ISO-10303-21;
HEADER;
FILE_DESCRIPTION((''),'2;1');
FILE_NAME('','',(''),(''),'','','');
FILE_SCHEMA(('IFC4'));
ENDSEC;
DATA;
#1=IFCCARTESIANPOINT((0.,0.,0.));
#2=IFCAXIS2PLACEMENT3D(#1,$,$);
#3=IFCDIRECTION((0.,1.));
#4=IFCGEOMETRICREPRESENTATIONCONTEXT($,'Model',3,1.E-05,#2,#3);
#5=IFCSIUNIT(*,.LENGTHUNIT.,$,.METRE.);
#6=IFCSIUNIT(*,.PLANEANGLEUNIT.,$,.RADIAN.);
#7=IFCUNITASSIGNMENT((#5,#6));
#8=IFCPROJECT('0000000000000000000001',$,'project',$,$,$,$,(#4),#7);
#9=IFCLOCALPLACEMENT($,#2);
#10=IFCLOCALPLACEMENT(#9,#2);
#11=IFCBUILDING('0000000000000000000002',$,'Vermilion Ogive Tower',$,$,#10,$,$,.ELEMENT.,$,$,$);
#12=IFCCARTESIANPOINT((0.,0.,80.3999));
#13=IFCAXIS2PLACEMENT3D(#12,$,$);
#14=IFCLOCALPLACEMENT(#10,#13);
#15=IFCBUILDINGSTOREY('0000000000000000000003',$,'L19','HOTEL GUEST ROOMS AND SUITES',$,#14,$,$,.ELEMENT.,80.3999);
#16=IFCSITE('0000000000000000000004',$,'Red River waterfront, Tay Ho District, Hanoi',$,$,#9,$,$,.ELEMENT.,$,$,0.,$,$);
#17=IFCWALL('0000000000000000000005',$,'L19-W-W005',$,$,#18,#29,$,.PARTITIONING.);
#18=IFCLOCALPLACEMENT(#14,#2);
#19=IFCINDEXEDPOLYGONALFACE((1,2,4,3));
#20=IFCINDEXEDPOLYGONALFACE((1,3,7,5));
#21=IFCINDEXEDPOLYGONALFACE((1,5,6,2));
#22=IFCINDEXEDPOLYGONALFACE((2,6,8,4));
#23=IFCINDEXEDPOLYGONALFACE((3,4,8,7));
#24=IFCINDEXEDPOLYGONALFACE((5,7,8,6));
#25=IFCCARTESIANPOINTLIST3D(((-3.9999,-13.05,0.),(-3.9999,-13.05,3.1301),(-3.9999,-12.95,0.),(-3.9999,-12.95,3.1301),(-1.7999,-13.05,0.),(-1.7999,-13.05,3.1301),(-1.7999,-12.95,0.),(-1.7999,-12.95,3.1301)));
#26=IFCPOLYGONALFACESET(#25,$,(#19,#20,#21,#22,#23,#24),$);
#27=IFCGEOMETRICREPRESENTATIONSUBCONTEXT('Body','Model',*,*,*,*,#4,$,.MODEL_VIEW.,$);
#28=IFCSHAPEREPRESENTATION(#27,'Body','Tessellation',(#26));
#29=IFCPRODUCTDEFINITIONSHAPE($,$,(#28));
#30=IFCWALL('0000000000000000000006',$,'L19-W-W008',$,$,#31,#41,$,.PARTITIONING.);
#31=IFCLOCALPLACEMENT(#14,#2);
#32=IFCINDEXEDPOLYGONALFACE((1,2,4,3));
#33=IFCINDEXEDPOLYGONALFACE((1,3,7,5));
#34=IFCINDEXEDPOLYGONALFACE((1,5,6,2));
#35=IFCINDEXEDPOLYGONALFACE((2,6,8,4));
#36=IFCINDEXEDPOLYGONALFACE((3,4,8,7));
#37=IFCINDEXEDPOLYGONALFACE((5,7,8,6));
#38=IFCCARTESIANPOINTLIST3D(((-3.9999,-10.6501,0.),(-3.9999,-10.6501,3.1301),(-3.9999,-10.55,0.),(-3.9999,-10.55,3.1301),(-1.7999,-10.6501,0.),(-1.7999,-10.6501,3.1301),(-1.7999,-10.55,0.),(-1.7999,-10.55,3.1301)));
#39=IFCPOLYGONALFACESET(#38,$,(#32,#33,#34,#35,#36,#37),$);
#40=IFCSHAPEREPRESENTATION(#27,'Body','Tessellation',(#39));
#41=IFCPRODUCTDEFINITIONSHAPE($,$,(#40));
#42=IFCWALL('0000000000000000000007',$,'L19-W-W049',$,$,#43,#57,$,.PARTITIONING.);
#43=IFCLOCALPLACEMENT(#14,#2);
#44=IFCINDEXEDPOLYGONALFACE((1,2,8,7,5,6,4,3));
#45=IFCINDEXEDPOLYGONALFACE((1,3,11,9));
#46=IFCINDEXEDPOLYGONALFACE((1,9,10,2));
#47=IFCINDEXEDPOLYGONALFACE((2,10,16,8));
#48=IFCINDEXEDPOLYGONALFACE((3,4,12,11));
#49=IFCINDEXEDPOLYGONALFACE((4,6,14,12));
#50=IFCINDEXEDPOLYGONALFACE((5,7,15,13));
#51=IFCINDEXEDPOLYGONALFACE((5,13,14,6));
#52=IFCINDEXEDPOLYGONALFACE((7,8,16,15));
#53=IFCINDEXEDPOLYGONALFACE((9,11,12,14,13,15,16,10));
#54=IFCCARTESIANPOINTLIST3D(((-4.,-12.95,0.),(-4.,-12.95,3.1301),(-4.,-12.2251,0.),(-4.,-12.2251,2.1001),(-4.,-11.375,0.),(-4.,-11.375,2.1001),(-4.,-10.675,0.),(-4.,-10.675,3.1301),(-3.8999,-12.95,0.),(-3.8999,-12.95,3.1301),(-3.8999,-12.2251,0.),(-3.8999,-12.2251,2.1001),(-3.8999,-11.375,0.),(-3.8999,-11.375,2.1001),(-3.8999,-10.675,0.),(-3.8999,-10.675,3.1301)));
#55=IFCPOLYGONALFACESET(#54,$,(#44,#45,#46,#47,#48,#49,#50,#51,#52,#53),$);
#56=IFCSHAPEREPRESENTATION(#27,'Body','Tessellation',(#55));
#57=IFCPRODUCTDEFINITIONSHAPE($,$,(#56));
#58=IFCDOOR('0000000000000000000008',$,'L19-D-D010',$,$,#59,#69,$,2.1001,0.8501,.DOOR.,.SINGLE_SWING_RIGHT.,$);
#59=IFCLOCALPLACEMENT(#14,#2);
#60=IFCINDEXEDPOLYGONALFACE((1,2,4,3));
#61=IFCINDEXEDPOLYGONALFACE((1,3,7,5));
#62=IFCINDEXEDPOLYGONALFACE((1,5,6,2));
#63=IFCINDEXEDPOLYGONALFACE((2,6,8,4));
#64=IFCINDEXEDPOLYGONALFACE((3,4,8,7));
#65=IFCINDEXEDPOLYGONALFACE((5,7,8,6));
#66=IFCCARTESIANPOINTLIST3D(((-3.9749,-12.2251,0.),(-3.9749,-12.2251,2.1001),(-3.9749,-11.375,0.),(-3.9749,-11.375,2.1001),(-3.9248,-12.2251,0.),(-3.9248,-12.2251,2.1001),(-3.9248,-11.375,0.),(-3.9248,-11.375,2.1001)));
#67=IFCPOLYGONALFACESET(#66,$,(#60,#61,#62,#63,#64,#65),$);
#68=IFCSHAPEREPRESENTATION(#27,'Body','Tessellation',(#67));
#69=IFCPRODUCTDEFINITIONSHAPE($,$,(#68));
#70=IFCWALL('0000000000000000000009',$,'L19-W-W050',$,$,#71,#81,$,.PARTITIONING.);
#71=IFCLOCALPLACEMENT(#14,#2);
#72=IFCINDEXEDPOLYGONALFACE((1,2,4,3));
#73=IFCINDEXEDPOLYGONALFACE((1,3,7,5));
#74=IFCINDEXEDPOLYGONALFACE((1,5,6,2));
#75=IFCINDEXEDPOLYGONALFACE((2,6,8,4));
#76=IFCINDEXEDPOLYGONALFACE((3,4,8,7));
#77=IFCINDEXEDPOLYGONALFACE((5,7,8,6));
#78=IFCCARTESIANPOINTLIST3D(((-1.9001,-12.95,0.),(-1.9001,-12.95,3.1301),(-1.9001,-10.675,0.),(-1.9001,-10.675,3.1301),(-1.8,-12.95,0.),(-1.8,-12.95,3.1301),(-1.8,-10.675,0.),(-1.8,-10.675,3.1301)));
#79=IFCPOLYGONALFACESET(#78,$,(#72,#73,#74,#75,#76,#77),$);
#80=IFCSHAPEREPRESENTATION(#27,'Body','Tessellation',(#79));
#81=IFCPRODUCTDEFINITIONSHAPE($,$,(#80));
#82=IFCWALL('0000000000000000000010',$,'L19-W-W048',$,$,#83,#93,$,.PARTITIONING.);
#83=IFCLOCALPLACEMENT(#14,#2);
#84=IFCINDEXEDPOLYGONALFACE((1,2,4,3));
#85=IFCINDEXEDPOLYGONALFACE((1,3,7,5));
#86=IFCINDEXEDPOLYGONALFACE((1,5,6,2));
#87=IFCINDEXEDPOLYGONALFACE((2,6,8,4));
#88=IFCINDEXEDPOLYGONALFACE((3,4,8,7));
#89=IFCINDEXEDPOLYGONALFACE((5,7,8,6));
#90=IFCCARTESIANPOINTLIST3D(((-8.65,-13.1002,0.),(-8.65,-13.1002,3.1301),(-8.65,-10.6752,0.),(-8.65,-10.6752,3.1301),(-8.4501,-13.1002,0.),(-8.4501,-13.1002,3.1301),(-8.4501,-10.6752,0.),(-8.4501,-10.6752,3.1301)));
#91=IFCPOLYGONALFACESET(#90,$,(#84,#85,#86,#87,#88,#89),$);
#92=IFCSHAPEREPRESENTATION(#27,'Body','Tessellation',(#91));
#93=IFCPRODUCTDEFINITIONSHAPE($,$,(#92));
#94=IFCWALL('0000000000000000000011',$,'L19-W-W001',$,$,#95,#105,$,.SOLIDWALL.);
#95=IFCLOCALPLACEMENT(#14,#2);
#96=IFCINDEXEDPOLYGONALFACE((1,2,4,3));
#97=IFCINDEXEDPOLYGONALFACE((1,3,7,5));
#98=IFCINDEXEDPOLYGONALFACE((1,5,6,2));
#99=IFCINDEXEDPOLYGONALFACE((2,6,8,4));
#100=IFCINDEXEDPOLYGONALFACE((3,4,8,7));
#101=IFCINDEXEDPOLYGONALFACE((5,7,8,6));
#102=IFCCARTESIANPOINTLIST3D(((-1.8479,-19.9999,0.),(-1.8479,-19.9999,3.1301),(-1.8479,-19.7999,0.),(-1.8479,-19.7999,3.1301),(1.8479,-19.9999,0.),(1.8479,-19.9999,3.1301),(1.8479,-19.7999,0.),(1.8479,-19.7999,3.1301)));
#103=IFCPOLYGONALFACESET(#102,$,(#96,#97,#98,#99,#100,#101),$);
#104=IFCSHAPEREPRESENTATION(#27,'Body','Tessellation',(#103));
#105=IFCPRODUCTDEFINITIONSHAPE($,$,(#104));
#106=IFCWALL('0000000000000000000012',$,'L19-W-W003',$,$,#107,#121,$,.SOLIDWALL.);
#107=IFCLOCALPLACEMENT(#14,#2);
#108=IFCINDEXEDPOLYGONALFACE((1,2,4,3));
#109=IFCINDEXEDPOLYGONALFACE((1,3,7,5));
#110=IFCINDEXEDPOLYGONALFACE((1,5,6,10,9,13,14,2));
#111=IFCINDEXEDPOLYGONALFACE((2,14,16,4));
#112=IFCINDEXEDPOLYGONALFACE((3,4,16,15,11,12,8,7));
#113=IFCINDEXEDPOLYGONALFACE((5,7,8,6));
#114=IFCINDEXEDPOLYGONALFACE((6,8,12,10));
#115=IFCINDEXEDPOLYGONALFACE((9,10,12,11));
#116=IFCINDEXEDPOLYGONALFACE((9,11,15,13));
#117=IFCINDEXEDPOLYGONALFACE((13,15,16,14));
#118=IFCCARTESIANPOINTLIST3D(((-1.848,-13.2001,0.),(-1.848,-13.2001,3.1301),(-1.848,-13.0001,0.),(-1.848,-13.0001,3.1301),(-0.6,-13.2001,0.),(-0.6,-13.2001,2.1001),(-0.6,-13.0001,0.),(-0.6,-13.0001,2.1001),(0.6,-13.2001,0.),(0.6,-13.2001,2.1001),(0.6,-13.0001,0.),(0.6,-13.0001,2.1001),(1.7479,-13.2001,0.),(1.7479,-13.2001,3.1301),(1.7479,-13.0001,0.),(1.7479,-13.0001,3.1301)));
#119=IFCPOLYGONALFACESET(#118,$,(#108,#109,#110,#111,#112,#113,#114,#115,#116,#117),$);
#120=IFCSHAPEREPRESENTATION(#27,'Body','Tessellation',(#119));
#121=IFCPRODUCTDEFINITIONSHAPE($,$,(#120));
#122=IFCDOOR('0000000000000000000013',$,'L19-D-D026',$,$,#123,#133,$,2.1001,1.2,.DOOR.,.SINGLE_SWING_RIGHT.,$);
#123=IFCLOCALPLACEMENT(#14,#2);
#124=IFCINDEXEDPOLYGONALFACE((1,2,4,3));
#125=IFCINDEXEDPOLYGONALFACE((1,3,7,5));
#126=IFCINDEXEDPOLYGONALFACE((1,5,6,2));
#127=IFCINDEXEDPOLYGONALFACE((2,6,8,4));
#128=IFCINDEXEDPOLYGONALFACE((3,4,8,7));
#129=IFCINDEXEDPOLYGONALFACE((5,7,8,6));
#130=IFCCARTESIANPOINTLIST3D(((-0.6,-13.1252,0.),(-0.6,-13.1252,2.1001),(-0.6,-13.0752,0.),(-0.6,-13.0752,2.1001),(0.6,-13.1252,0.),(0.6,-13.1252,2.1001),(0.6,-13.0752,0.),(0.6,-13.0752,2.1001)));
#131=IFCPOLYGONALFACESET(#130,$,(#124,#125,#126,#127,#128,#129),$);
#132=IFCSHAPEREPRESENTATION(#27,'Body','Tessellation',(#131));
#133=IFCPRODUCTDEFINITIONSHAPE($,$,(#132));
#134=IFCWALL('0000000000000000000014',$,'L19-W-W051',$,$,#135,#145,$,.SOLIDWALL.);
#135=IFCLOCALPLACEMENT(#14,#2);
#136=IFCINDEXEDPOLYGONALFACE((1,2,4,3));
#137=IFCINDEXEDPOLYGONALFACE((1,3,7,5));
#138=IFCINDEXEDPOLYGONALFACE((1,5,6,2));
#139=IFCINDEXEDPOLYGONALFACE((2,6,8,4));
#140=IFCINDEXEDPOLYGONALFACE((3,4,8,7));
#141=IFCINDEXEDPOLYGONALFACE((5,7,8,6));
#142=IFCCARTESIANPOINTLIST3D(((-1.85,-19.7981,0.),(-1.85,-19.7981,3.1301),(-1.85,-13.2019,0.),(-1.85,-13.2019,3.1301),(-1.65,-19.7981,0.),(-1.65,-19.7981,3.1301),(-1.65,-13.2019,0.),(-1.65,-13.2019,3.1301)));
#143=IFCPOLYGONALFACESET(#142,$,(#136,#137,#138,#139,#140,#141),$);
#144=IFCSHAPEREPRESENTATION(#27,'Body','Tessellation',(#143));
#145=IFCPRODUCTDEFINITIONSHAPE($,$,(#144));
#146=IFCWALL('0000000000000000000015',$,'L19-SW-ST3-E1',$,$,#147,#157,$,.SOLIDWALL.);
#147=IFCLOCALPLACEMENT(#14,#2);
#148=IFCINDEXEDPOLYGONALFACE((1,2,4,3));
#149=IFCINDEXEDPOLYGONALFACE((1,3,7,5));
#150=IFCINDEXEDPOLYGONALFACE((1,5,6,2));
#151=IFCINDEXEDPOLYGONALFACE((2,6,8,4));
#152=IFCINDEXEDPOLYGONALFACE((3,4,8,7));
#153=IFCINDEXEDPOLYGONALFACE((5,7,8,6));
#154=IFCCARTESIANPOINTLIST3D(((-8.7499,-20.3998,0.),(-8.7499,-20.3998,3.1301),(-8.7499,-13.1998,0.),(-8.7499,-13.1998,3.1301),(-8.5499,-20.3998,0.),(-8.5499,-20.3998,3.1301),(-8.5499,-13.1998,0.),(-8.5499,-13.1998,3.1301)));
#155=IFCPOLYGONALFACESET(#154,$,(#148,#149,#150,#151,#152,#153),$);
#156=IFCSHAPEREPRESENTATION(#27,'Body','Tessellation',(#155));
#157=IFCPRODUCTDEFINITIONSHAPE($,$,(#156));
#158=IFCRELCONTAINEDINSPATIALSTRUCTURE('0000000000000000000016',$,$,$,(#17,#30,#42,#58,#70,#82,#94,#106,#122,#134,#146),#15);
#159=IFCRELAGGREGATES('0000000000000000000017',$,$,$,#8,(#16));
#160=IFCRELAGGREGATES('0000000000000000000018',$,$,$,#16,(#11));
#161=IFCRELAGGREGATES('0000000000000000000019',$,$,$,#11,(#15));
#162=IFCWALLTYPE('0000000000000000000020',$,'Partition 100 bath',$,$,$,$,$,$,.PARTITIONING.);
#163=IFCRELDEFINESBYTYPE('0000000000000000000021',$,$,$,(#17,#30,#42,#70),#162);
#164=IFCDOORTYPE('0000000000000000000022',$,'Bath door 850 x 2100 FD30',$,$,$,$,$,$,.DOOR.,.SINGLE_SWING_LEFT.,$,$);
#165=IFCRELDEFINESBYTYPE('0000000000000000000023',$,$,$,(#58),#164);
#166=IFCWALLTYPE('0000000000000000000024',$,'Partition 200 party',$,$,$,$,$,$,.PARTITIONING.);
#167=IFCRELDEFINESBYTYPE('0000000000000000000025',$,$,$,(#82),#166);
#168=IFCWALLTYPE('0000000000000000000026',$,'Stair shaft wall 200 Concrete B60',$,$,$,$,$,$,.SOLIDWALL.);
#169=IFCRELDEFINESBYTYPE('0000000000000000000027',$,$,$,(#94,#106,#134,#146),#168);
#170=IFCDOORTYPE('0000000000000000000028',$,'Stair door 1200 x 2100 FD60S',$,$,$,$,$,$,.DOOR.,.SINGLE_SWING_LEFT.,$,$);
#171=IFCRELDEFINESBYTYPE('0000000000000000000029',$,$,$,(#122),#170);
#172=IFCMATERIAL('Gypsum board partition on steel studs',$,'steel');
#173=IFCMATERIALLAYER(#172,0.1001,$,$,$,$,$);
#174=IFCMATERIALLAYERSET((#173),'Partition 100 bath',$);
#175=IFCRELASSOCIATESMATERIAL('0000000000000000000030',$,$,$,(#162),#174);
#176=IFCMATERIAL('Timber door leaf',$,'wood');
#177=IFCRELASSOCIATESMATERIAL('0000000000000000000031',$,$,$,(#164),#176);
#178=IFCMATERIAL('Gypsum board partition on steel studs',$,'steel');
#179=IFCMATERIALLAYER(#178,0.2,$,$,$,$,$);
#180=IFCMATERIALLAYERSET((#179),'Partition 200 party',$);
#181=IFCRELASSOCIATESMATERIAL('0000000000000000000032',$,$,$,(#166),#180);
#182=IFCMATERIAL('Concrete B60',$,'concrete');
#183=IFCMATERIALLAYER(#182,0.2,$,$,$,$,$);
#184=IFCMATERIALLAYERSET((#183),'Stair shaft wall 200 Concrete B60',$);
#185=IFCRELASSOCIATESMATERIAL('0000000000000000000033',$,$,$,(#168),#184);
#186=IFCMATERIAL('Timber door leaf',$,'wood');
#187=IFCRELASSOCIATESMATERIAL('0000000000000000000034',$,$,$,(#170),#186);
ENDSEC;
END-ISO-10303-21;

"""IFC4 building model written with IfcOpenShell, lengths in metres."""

from ifc_helpers import new_model, si_unit, direction, frame, frame_2d, origin, place, context, subcontext, project, spatial, rectangle, extrude, material, layer, layer_set, type_object, element, fill, save


model = new_model("IFC4")

# Units and contexts
model_context = context("Model", 3, precision=1e-05, world=origin(), true_north=direction((0.0, 1.0)))
body_context = subcontext(model_context, "Body", "Model", "MODEL_VIEW")
ifc_project = project(units=[si_unit("LENGTHUNIT", "METRE"), si_unit("PLANEANGLEUNIT", "RADIAN")], contexts=[model_context])

# Site, building, storey
site_placement = place(None, origin())
site = spatial("IfcSite", under=ifc_project, at=site_placement, Name="Red River waterfront, Tay Ho District, Hanoi", CompositionType="ELEMENT", RefElevation=0.0)
building_placement = place(site_placement, origin())
building = spatial("IfcBuilding", under=site, at=building_placement, Name="Vermilion Ogive Tower", CompositionType="ELEMENT")
storey_placement = place(building_placement, frame((0.0, 0.0, 80.3999)))
storey = spatial("IfcBuildingStorey", under=building, at=storey_placement, Name="L19", Description="HOTEL GUEST ROOMS AND SUITES", CompositionType="ELEMENT", Elevation=80.3999)

# Walls
ifc_material_1 = material(Name="Gypsum board partition on steel studs", Category="steel")
ifc_layer_1 = layer(ifc_material_1, 0.1001)
ifc_layer_set_1 = layer_set([ifc_layer_1], Name="Partition 100 bath")
wall_type_1 = type_object("IfcWallType", Name="Partition 100 bath", PredefinedType="PARTITIONING", material=ifc_layer_set_1)
for number, where, z_axis, x_axis, name in (
    (1, (-4.0, -13.0, 0.0), (0.0, 0.0, 1.0), (1.0, 0.0, 0.0), "L19-W-W005"),
    (2, (-4.0, -10.6001, 0.0), (0.0, 0.0, 1.0), (1.0, 0.0, 0.0), "L19-W-W008"),
):
    element("IfcWall", number, at=place(storey_placement, frame(where, z_axis=z_axis, x_axis=x_axis)), inside=storey, type_object=wall_type_1, Name=name, PredefinedType="PARTITIONING", context=body_context, shape_type="SweptSolid", body=[
        extrude(rectangle(XDim=2.2, YDim=0.1001, at=frame_2d((1.1001, 0.0))), origin(), (0.0, 0.0, 1.0), 3.1301),
    ])

# Wall, opening, door
wall_1_placement = place(storey_placement, frame((-3.95, -12.95, 0.0), z_axis=(0.0, 0.0, 1.0), x_axis=(0.0, 1.0, 0.0)))
wall_1 = element("IfcWall", 3, at=wall_1_placement, inside=storey, type_object=wall_type_1, Name="L19-W-W049", PredefinedType="PARTITIONING", context=body_context, shape_type="SweptSolid", body=[
    extrude(rectangle(XDim=2.2749, YDim=0.1001, at=frame_2d((1.1375, 0.0))), origin(), (0.0, 0.0, 1.0), 3.1301),
])
opening_1_placement = place(wall_1_placement, frame((0.7249, 0.0, 0.0)))
opening_1 = element("IfcOpeningElement", 4, at=opening_1_placement, cuts=wall_1, PredefinedType="OPENING", context=body_context, shape_type="SweptSolid", body=[
    extrude(rectangle(XDim=0.8501, YDim=2.1001, at=frame_2d((0.425, 1.05))), frame((0.0, 0.0601, 0.0), z_axis=(0.0, -1.0, 0.0), x_axis=(1.0, 0.0, 0.0)), (0.0, 0.0, 1.0), 0.1201),
])
ifc_material_2 = material(Name="Timber door leaf", Category="wood")
door_type_1 = type_object("IfcDoorType", Name="Bath door 850 x 2100 FD30", OperationType="SINGLE_SWING_LEFT", PredefinedType="DOOR", material=ifc_material_2)
door_1_placement = place(opening_1_placement, origin())
door_1 = element("IfcDoor", 5, at=door_1_placement, inside=storey, type_object=door_type_1, Name="L19-D-D010", OperationType="SINGLE_SWING_RIGHT", OverallHeight=2.1001, OverallWidth=0.8501, PredefinedType="DOOR", context=body_context, shape_type="SweptSolid", body=[
    extrude(rectangle(XDim=0.8501, YDim=2.1001, at=frame_2d((0.425, 1.05))), frame((0.0, 0.0249, 0.0), z_axis=(0.0, -1.0, 0.0), x_axis=(1.0, 0.0, 0.0)), (0.0, 0.0, 1.0), 0.05),
])
fill(opening_1, door_1)

# Walls
wall_2_placement = place(storey_placement, frame((-1.8501, -12.95, 0.0), z_axis=(0.0, 0.0, 1.0), x_axis=(0.0, 1.0, 0.0)))
element("IfcWall", 6, at=wall_2_placement, inside=storey, type_object=wall_type_1, Name="L19-W-W050", PredefinedType="PARTITIONING", context=body_context, shape_type="SweptSolid", body=[
    extrude(rectangle(XDim=2.2749, YDim=0.1001, at=frame_2d((1.1375, 0.0))), origin(), (0.0, 0.0, 1.0), 3.1301),
])
ifc_material_3 = material(Name="Gypsum board partition on steel studs", Category="steel")
ifc_layer_2 = layer(ifc_material_3, 0.2)
ifc_layer_set_2 = layer_set([ifc_layer_2], Name="Partition 200 party")
wall_type_2 = type_object("IfcWallType", Name="Partition 200 party", PredefinedType="PARTITIONING", material=ifc_layer_set_2)
wall_3_placement = place(storey_placement, frame((-8.55, -13.1001, 0.0), z_axis=(0.0, 0.0, 1.0), x_axis=(0.0, 1.0, 0.0)))
element("IfcWall", 7, at=wall_3_placement, inside=storey, type_object=wall_type_2, Name="L19-W-W048", PredefinedType="PARTITIONING", context=body_context, shape_type="SweptSolid", body=[
    extrude(rectangle(XDim=2.425, YDim=0.2, at=frame_2d((1.2124, 0.0))), origin(), (0.0, 0.0, 1.0), 3.1301),
])
ifc_material_4 = material(Name="Concrete B60", Category="concrete")
ifc_layer_3 = layer(ifc_material_4, 0.2)
ifc_layer_set_3 = layer_set([ifc_layer_3], Name="Stair shaft wall 200 Concrete B60")
wall_type_3 = type_object("IfcWallType", Name="Stair shaft wall 200 Concrete B60", PredefinedType="SOLIDWALL", material=ifc_layer_set_3)
wall_4_placement = place(storey_placement, frame((-1.8479, -19.8999, 0.0), z_axis=(0.0, 0.0, 1.0), x_axis=(1.0, 0.0, 0.0)))
element("IfcWall", 8, at=wall_4_placement, inside=storey, type_object=wall_type_3, Name="L19-W-W001", PredefinedType="SOLIDWALL", context=body_context, shape_type="SweptSolid", body=[
    extrude(rectangle(XDim=3.6958, YDim=0.2, at=frame_2d((1.8479, 0.0))), origin(), (0.0, 0.0, 1.0), 3.1301),
])

# Wall, opening, door
wall_5_placement = place(storey_placement, frame((-1.8479, -13.1001, 0.0), z_axis=(0.0, 0.0, 1.0), x_axis=(1.0, 0.0, 0.0)))
wall_5 = element("IfcWall", 9, at=wall_5_placement, inside=storey, type_object=wall_type_3, Name="L19-W-W003", PredefinedType="SOLIDWALL", context=body_context, shape_type="SweptSolid", body=[
    extrude(rectangle(XDim=3.5959, YDim=0.2, at=frame_2d((1.7979, 0.0))), origin(), (0.0, 0.0, 1.0), 3.1301),
])
opening_2_placement = place(wall_5_placement, frame((1.2478, 0.0, 0.0)))
opening_2 = element("IfcOpeningElement", 10, at=opening_2_placement, cuts=wall_5, PredefinedType="OPENING", context=body_context, shape_type="SweptSolid", body=[
    extrude(rectangle(XDim=1.2, YDim=2.1001, at=frame_2d((0.6001, 1.05))), frame((0.0, 0.1099, 0.0), z_axis=(0.0, -1.0, 0.0), x_axis=(1.0, 0.0, 0.0)), (0.0, 0.0, 1.0), 0.22),
])
ifc_material_5 = material(Name="Timber door leaf", Category="wood")
door_type_2 = type_object("IfcDoorType", Name="Stair door 1200 x 2100 FD60S", OperationType="SINGLE_SWING_LEFT", PredefinedType="DOOR", material=ifc_material_5)
door_2_placement = place(opening_2_placement, origin())
door_2 = element("IfcDoor", 11, at=door_2_placement, inside=storey, type_object=door_type_2, Name="L19-D-D026", OperationType="SINGLE_SWING_RIGHT", OverallHeight=2.1001, OverallWidth=1.2, PredefinedType="DOOR", context=body_context, shape_type="SweptSolid", body=[
    extrude(rectangle(XDim=1.2, YDim=2.1001, at=frame_2d((0.6001, 1.05))), frame((0.0, 0.0249, 0.0), z_axis=(0.0, -1.0, 0.0), x_axis=(1.0, 0.0, 0.0)), (0.0, 0.0, 1.0), 0.05),
])
fill(opening_2, door_2)

# Walls
wall_6_placement = place(storey_placement, frame((-1.75, -19.7981, 0.0), z_axis=(0.0, 0.0, 1.0), x_axis=(0.0, 1.0, 0.0)))
element("IfcWall", 12, at=wall_6_placement, inside=storey, type_object=wall_type_3, Name="L19-W-W051", PredefinedType="SOLIDWALL", context=body_context, shape_type="SweptSolid", body=[
    extrude(rectangle(XDim=6.5962, YDim=0.2, at=frame_2d((3.2981, 0.0))), origin(), (0.0, 0.0, 1.0), 3.1301),
])
wall_7_placement = place(storey_placement, frame((-8.6499, -20.3999, 0.0), z_axis=(0.0, 0.0, 1.0), x_axis=(0.0, 1.0, 0.0)))
element("IfcWall", 13, at=wall_7_placement, inside=storey, type_object=wall_type_3, Name="L19-SW-ST3-E1", PredefinedType="SOLIDWALL", context=body_context, shape_type="SweptSolid", body=[
    extrude(rectangle(XDim=7.2, YDim=0.2, at=frame_2d((3.6001, 0.0))), origin(), (0.0, 0.0, 1.0), 3.1301),
])

save(model, "model.ifc")
